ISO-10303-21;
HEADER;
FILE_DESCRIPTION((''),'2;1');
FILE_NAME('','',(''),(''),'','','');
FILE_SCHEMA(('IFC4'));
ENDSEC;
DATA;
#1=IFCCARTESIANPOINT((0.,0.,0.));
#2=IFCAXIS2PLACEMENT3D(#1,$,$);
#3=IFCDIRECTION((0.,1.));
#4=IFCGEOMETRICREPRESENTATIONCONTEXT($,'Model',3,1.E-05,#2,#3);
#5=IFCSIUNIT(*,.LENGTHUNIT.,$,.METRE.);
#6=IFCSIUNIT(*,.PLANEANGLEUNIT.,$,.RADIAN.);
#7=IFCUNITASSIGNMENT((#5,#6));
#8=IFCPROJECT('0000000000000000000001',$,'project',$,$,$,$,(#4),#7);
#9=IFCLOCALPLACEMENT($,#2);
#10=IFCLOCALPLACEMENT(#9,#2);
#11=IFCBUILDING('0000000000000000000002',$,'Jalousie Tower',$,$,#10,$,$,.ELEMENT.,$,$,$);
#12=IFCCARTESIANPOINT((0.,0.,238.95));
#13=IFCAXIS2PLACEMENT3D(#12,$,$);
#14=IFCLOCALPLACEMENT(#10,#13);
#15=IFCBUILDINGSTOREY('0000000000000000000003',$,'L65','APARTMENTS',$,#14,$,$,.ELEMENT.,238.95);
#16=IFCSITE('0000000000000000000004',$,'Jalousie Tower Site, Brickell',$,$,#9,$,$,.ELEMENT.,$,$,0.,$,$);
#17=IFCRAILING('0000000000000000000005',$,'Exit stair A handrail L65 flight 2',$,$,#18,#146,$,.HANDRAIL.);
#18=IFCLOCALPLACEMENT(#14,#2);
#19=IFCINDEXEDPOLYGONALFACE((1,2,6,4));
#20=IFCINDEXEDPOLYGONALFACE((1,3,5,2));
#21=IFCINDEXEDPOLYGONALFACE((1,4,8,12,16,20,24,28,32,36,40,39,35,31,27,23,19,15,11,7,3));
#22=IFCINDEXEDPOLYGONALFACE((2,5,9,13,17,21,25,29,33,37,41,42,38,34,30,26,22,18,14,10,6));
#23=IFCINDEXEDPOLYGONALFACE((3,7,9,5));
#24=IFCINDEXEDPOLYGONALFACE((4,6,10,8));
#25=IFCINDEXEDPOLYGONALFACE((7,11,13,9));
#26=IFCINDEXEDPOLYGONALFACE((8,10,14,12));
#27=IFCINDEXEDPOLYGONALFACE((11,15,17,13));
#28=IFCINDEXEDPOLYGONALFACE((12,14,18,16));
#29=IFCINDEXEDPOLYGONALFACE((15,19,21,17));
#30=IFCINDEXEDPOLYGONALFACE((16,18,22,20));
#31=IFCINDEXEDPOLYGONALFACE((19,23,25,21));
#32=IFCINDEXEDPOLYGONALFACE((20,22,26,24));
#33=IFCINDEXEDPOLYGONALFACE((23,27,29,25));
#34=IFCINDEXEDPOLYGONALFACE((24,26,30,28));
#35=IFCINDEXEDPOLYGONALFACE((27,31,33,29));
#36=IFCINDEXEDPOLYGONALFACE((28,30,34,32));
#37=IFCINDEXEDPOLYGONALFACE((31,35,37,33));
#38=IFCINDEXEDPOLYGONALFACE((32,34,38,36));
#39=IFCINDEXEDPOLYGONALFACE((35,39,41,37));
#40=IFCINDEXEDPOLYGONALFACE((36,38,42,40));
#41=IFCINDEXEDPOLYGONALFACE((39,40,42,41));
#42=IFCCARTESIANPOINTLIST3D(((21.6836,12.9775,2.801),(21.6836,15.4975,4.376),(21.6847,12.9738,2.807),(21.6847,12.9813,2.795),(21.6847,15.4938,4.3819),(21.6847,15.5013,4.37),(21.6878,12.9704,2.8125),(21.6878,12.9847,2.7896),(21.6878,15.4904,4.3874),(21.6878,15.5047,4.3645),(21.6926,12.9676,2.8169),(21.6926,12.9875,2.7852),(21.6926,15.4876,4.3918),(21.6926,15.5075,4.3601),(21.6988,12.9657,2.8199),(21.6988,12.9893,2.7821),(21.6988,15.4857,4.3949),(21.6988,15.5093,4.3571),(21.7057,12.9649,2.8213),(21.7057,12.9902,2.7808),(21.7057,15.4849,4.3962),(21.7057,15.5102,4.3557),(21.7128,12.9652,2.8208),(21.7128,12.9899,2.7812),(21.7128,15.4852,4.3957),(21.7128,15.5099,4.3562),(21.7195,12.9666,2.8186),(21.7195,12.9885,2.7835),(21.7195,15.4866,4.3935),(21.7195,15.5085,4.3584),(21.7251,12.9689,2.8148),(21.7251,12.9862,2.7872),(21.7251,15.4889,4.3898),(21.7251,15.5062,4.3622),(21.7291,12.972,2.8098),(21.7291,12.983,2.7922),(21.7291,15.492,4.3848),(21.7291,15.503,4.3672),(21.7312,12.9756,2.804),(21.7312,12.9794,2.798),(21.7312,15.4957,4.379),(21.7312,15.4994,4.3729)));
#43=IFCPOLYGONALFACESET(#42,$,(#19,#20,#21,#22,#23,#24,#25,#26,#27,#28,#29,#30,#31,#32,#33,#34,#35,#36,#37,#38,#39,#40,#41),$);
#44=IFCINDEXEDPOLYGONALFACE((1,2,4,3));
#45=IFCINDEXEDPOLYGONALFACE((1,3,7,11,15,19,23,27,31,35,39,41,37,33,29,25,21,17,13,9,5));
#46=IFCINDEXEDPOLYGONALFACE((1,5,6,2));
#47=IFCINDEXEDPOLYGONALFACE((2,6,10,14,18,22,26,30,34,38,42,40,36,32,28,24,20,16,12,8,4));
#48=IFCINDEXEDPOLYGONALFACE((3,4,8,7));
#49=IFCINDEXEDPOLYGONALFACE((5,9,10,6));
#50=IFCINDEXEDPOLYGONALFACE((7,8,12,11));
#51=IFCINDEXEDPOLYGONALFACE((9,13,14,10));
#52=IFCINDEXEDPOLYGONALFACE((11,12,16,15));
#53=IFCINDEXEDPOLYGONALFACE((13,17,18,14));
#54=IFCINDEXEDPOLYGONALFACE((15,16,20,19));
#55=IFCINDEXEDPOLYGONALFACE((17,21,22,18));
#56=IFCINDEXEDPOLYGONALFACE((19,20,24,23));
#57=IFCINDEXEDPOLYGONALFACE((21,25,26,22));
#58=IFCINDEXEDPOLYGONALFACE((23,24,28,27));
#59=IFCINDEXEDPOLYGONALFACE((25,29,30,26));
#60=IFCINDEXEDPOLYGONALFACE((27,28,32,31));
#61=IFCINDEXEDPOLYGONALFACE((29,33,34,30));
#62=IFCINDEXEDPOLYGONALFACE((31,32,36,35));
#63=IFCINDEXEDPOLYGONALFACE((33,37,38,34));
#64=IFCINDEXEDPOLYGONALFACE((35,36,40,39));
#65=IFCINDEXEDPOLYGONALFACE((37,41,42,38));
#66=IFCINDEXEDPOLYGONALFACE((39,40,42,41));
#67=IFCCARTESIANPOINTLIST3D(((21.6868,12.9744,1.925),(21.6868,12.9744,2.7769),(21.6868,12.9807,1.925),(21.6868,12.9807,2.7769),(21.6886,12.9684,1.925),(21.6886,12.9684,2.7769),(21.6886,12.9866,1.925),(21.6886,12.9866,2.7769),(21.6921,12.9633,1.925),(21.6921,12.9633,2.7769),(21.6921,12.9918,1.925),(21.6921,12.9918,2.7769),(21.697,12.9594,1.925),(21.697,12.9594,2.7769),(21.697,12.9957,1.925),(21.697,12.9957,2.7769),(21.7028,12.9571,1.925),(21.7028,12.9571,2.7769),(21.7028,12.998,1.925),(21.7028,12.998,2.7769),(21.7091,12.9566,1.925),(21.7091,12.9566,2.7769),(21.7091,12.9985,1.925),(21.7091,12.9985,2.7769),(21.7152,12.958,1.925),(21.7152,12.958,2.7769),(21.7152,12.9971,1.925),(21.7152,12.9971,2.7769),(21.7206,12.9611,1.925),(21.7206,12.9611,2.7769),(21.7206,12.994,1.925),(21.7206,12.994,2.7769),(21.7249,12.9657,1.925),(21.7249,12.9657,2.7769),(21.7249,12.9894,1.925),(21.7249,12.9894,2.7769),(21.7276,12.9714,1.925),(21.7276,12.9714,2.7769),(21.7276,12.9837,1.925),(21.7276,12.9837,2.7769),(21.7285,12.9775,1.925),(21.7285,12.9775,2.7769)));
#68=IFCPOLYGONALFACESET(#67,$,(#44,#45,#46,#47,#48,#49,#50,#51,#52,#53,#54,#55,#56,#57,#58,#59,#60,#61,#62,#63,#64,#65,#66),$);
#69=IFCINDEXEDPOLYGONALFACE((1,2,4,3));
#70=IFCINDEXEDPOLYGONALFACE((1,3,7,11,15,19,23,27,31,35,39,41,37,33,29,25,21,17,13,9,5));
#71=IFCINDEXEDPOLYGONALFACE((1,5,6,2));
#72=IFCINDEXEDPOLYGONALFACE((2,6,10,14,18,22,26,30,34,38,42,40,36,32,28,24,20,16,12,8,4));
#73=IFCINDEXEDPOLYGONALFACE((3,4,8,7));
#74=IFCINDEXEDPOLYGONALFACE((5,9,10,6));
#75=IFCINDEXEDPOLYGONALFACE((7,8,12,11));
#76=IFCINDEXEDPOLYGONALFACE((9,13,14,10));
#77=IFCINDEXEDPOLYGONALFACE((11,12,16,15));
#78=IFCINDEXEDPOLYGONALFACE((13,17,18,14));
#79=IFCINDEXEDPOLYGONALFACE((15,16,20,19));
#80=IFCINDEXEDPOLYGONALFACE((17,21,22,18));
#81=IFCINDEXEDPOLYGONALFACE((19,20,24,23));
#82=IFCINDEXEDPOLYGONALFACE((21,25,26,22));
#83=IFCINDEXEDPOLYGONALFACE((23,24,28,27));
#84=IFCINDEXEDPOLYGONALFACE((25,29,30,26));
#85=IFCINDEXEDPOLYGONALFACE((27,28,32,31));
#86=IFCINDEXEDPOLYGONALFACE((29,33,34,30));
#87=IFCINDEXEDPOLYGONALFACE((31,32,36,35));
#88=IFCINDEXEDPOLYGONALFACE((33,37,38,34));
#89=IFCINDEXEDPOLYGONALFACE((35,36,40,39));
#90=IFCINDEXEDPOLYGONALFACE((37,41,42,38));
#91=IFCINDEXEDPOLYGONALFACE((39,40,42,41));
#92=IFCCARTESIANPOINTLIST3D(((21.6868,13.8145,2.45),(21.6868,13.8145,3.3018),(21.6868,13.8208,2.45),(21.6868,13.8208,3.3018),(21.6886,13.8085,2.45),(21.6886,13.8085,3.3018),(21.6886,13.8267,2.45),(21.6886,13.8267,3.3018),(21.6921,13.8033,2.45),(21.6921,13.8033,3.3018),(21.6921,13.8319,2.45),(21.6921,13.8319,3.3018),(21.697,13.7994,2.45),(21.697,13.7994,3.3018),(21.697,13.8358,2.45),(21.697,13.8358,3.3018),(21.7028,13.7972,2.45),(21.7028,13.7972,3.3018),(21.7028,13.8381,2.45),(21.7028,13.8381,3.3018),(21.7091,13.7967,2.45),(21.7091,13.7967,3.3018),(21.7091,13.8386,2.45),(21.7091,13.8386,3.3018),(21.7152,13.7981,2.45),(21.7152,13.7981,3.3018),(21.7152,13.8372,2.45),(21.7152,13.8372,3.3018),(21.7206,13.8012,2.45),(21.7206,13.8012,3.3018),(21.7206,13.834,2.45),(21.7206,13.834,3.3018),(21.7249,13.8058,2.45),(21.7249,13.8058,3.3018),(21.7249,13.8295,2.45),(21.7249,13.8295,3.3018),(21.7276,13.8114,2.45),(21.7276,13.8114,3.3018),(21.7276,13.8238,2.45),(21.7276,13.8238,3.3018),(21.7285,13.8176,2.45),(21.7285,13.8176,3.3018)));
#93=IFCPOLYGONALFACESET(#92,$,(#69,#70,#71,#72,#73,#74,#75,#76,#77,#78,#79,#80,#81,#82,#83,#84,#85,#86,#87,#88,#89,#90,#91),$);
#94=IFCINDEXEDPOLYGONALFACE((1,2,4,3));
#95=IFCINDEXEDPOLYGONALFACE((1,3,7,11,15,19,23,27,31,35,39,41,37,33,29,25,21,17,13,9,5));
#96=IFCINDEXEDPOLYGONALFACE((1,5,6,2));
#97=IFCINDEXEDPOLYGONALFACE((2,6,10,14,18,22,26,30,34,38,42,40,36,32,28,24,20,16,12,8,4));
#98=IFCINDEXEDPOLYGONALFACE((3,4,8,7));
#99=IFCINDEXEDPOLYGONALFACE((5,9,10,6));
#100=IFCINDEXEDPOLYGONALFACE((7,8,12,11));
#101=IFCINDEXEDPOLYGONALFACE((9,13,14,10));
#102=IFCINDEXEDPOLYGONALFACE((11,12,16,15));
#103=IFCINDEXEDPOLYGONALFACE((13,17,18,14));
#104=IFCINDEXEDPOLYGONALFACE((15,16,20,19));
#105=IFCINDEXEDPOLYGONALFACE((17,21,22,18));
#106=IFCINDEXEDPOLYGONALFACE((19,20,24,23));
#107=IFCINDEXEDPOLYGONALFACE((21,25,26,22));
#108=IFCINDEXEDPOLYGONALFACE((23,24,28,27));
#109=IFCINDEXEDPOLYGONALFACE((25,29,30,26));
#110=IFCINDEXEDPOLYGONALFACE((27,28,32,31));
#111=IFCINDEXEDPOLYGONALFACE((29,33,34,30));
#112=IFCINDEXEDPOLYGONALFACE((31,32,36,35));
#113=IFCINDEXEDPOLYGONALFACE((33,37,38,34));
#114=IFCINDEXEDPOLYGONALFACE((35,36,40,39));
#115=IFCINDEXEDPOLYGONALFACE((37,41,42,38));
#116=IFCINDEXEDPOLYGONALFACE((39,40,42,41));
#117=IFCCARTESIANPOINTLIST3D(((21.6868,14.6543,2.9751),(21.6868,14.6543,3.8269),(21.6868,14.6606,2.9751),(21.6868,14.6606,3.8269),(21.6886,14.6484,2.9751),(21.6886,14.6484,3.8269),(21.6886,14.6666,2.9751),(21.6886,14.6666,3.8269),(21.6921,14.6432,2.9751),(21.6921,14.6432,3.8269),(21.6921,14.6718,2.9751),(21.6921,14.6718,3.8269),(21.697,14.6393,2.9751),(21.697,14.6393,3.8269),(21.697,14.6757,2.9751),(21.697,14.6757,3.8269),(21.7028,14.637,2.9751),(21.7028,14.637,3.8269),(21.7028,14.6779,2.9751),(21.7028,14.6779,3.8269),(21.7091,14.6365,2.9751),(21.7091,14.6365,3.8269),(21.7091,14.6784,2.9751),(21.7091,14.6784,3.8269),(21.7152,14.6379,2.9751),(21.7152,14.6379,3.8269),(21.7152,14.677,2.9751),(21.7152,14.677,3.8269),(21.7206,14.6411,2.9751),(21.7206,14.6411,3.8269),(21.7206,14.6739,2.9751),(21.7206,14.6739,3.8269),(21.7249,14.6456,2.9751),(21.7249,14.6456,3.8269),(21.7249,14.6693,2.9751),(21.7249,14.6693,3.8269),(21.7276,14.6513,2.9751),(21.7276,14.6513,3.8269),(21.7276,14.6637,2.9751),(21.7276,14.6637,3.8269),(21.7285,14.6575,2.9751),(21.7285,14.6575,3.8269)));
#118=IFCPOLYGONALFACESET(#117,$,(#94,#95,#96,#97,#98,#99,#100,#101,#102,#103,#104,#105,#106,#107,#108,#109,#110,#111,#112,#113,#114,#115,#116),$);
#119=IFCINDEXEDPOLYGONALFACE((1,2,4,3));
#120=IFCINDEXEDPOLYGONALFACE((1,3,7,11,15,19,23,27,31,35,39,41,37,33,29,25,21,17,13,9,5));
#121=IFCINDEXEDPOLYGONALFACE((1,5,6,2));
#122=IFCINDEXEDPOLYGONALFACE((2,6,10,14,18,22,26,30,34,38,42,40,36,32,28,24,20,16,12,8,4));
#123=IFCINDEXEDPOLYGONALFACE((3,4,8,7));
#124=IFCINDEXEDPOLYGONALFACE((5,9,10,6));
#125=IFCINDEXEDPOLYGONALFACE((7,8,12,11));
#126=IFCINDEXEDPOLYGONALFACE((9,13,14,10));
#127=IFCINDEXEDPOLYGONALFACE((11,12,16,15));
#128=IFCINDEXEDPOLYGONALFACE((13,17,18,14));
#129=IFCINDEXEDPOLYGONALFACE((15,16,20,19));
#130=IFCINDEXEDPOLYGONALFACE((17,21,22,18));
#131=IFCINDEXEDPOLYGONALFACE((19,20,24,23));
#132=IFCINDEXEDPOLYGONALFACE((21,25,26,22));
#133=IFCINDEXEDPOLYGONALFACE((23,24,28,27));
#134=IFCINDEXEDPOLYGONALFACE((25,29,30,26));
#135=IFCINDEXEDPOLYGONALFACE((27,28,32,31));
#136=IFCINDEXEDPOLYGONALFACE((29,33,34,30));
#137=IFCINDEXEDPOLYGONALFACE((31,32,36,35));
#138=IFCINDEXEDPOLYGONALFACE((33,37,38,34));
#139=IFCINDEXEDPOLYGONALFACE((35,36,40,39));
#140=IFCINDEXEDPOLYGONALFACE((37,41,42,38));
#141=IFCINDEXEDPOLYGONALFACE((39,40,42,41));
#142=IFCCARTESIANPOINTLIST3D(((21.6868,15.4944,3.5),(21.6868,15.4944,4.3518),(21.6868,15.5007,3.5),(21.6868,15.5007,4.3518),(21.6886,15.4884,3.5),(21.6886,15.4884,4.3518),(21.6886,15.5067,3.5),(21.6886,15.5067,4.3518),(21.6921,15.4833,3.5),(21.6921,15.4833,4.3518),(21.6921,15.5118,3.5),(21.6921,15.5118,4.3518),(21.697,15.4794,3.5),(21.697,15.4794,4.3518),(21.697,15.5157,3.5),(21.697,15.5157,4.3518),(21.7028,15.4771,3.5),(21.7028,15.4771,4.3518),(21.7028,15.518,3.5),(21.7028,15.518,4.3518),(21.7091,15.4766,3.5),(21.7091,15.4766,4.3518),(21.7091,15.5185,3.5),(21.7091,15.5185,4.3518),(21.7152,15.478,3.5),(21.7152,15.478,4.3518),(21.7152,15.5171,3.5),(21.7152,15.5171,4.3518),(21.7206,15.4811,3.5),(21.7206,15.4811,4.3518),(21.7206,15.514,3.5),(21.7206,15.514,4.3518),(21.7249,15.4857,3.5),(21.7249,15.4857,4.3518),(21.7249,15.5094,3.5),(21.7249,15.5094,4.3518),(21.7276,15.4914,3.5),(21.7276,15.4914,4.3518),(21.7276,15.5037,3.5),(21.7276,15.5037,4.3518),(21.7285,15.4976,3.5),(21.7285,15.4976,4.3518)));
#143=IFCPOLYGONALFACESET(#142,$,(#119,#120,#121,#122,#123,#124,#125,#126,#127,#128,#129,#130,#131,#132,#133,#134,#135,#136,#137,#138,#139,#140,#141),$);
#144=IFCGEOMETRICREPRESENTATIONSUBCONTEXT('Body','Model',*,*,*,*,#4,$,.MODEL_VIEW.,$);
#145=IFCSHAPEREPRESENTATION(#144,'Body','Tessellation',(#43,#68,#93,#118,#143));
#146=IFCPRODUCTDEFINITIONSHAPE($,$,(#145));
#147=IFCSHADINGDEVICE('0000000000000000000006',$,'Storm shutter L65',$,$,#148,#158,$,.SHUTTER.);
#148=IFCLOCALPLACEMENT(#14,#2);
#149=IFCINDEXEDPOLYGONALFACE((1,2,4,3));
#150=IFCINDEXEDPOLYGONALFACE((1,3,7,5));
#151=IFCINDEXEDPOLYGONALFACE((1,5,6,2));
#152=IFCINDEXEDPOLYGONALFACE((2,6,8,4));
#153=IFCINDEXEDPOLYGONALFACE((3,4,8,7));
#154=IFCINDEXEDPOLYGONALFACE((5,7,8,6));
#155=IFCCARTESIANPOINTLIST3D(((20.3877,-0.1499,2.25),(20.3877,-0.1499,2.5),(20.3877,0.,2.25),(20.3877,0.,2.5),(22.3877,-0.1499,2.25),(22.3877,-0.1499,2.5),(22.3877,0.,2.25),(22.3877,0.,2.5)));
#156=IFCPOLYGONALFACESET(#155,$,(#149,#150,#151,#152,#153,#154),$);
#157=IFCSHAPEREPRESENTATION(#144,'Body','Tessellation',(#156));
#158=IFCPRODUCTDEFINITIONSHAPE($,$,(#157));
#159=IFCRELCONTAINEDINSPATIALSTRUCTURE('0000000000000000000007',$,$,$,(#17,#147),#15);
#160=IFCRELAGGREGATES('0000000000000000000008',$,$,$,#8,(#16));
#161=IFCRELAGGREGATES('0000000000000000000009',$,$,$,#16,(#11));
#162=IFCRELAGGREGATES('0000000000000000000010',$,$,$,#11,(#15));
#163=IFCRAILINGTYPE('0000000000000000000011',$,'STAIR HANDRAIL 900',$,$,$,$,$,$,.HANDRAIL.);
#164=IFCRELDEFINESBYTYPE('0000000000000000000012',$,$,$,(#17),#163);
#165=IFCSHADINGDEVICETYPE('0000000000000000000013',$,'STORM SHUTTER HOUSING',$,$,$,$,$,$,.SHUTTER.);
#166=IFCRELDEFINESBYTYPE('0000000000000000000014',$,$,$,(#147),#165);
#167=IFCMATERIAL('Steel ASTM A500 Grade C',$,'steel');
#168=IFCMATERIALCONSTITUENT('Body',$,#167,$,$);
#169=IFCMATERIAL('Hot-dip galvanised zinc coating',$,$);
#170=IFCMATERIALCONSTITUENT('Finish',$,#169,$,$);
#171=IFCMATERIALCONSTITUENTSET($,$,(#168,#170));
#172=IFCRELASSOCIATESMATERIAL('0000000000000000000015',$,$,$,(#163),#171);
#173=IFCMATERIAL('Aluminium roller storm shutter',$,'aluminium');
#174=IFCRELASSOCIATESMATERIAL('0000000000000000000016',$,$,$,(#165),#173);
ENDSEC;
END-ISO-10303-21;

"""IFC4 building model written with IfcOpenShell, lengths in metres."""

from ifc_helpers import new_model, si_unit, direction, frame, origin, origin_2d, place, context, subcontext, project, spatial, rectangle, circle, extrude, material, constituent, constituent_set, type_object, element, save


model = new_model("IFC4")

# Units and contexts
model_context = context("Model", 3, precision=1e-05, world=origin(), true_north=direction((0.0, 1.0)))
body_context = subcontext(model_context, "Body", "Model", "MODEL_VIEW")
ifc_project = project(units=[si_unit("LENGTHUNIT", "METRE"), si_unit("PLANEANGLEUNIT", "RADIAN")], contexts=[model_context])

# Site, building, storey
site_placement = place(None, origin())
site = spatial("IfcSite", under=ifc_project, at=site_placement, Name="Jalousie Tower Site, Brickell", CompositionType="ELEMENT", RefElevation=0.0)
building_placement = place(site_placement, origin())
building = spatial("IfcBuilding", under=site, at=building_placement, Name="Jalousie Tower", CompositionType="ELEMENT")
storey_placement = place(building_placement, frame((0.0, 0.0, 238.95)))
storey = spatial("IfcBuildingStorey", under=building, at=storey_placement, Name="L65", Description="APARTMENTS", CompositionType="ELEMENT", Elevation=238.95)

# Railing
ifc_material_1 = material(Name="Steel ASTM A500 Grade C", Category="steel")
ifc_constituent_1 = constituent(ifc_material_1, Name="Body")
ifc_material_2 = material(Name="Hot-dip galvanised zinc coating")
ifc_constituent_2 = constituent(ifc_material_2, Name="Finish")
ifc_constituent_set_1 = constituent_set(constituents=[ifc_constituent_1, ifc_constituent_2])
railing_type_1 = type_object("IfcRailingType", Name="STAIR HANDRAIL 900", PredefinedType="HANDRAIL", material=ifc_constituent_set_1)
railing_1_placement = place(storey_placement, frame((21.7075, 12.9775, 1.925)))
element("IfcRailing", 1, at=railing_1_placement, inside=storey, type_object=railing_type_1, Name="Exit stair A handrail L65 flight 2", PredefinedType="HANDRAIL", context=body_context, shape_type="SweptSolid", body=[
    extrude(circle(Radius=0.0239, at=origin_2d()), frame((0.0, 0.0, 0.876), z_axis=(0.0, 0.848008, 0.529984), x_axis=(-1.0, 0.0, 0.0)), (0.0, 0.0, 1.0), 2.9717),
    extrude(circle(Radius=0.021, at=origin_2d()), origin(), (0.0, 0.0, 1.0), 0.8518),
    extrude(circle(Radius=0.021, at=origin_2d()), frame((0.0, 0.8401, 0.5249)), (0.0, 0.0, 1.0), 0.8518),
    extrude(circle(Radius=0.021, at=origin_2d()), frame((0.0, 1.6799, 1.05)), (0.0, 0.0, 1.0), 0.8518),
    extrude(circle(Radius=0.021, at=origin_2d()), frame((0.0, 2.52, 1.575)), (0.0, 0.0, 1.0), 0.8518),
])

# Shading device
ifc_material_3 = material(Name="Aluminium roller storm shutter", Category="aluminium")
shading_device_type = type_object("IfcShadingDeviceType", Name="STORM SHUTTER HOUSING", PredefinedType="SHUTTER", material=ifc_material_3)
shading_device_placement = place(storey_placement, frame((21.3877, -0.075, 2.25), z_axis=(0.0, 0.0, 1.0), x_axis=(1.0, 0.0, 0.0)))
element("IfcShadingDevice", 2, at=shading_device_placement, inside=storey, type_object=shading_device_type, Name="Storm shutter L65", PredefinedType="SHUTTER", context=body_context, shape_type="SweptSolid", body=[
    extrude(rectangle(XDim=2.0, YDim=0.1499, at=origin_2d()), origin(), (0.0, 0.0, 1.0), 0.25),
])

save(model, "model.ifc")
